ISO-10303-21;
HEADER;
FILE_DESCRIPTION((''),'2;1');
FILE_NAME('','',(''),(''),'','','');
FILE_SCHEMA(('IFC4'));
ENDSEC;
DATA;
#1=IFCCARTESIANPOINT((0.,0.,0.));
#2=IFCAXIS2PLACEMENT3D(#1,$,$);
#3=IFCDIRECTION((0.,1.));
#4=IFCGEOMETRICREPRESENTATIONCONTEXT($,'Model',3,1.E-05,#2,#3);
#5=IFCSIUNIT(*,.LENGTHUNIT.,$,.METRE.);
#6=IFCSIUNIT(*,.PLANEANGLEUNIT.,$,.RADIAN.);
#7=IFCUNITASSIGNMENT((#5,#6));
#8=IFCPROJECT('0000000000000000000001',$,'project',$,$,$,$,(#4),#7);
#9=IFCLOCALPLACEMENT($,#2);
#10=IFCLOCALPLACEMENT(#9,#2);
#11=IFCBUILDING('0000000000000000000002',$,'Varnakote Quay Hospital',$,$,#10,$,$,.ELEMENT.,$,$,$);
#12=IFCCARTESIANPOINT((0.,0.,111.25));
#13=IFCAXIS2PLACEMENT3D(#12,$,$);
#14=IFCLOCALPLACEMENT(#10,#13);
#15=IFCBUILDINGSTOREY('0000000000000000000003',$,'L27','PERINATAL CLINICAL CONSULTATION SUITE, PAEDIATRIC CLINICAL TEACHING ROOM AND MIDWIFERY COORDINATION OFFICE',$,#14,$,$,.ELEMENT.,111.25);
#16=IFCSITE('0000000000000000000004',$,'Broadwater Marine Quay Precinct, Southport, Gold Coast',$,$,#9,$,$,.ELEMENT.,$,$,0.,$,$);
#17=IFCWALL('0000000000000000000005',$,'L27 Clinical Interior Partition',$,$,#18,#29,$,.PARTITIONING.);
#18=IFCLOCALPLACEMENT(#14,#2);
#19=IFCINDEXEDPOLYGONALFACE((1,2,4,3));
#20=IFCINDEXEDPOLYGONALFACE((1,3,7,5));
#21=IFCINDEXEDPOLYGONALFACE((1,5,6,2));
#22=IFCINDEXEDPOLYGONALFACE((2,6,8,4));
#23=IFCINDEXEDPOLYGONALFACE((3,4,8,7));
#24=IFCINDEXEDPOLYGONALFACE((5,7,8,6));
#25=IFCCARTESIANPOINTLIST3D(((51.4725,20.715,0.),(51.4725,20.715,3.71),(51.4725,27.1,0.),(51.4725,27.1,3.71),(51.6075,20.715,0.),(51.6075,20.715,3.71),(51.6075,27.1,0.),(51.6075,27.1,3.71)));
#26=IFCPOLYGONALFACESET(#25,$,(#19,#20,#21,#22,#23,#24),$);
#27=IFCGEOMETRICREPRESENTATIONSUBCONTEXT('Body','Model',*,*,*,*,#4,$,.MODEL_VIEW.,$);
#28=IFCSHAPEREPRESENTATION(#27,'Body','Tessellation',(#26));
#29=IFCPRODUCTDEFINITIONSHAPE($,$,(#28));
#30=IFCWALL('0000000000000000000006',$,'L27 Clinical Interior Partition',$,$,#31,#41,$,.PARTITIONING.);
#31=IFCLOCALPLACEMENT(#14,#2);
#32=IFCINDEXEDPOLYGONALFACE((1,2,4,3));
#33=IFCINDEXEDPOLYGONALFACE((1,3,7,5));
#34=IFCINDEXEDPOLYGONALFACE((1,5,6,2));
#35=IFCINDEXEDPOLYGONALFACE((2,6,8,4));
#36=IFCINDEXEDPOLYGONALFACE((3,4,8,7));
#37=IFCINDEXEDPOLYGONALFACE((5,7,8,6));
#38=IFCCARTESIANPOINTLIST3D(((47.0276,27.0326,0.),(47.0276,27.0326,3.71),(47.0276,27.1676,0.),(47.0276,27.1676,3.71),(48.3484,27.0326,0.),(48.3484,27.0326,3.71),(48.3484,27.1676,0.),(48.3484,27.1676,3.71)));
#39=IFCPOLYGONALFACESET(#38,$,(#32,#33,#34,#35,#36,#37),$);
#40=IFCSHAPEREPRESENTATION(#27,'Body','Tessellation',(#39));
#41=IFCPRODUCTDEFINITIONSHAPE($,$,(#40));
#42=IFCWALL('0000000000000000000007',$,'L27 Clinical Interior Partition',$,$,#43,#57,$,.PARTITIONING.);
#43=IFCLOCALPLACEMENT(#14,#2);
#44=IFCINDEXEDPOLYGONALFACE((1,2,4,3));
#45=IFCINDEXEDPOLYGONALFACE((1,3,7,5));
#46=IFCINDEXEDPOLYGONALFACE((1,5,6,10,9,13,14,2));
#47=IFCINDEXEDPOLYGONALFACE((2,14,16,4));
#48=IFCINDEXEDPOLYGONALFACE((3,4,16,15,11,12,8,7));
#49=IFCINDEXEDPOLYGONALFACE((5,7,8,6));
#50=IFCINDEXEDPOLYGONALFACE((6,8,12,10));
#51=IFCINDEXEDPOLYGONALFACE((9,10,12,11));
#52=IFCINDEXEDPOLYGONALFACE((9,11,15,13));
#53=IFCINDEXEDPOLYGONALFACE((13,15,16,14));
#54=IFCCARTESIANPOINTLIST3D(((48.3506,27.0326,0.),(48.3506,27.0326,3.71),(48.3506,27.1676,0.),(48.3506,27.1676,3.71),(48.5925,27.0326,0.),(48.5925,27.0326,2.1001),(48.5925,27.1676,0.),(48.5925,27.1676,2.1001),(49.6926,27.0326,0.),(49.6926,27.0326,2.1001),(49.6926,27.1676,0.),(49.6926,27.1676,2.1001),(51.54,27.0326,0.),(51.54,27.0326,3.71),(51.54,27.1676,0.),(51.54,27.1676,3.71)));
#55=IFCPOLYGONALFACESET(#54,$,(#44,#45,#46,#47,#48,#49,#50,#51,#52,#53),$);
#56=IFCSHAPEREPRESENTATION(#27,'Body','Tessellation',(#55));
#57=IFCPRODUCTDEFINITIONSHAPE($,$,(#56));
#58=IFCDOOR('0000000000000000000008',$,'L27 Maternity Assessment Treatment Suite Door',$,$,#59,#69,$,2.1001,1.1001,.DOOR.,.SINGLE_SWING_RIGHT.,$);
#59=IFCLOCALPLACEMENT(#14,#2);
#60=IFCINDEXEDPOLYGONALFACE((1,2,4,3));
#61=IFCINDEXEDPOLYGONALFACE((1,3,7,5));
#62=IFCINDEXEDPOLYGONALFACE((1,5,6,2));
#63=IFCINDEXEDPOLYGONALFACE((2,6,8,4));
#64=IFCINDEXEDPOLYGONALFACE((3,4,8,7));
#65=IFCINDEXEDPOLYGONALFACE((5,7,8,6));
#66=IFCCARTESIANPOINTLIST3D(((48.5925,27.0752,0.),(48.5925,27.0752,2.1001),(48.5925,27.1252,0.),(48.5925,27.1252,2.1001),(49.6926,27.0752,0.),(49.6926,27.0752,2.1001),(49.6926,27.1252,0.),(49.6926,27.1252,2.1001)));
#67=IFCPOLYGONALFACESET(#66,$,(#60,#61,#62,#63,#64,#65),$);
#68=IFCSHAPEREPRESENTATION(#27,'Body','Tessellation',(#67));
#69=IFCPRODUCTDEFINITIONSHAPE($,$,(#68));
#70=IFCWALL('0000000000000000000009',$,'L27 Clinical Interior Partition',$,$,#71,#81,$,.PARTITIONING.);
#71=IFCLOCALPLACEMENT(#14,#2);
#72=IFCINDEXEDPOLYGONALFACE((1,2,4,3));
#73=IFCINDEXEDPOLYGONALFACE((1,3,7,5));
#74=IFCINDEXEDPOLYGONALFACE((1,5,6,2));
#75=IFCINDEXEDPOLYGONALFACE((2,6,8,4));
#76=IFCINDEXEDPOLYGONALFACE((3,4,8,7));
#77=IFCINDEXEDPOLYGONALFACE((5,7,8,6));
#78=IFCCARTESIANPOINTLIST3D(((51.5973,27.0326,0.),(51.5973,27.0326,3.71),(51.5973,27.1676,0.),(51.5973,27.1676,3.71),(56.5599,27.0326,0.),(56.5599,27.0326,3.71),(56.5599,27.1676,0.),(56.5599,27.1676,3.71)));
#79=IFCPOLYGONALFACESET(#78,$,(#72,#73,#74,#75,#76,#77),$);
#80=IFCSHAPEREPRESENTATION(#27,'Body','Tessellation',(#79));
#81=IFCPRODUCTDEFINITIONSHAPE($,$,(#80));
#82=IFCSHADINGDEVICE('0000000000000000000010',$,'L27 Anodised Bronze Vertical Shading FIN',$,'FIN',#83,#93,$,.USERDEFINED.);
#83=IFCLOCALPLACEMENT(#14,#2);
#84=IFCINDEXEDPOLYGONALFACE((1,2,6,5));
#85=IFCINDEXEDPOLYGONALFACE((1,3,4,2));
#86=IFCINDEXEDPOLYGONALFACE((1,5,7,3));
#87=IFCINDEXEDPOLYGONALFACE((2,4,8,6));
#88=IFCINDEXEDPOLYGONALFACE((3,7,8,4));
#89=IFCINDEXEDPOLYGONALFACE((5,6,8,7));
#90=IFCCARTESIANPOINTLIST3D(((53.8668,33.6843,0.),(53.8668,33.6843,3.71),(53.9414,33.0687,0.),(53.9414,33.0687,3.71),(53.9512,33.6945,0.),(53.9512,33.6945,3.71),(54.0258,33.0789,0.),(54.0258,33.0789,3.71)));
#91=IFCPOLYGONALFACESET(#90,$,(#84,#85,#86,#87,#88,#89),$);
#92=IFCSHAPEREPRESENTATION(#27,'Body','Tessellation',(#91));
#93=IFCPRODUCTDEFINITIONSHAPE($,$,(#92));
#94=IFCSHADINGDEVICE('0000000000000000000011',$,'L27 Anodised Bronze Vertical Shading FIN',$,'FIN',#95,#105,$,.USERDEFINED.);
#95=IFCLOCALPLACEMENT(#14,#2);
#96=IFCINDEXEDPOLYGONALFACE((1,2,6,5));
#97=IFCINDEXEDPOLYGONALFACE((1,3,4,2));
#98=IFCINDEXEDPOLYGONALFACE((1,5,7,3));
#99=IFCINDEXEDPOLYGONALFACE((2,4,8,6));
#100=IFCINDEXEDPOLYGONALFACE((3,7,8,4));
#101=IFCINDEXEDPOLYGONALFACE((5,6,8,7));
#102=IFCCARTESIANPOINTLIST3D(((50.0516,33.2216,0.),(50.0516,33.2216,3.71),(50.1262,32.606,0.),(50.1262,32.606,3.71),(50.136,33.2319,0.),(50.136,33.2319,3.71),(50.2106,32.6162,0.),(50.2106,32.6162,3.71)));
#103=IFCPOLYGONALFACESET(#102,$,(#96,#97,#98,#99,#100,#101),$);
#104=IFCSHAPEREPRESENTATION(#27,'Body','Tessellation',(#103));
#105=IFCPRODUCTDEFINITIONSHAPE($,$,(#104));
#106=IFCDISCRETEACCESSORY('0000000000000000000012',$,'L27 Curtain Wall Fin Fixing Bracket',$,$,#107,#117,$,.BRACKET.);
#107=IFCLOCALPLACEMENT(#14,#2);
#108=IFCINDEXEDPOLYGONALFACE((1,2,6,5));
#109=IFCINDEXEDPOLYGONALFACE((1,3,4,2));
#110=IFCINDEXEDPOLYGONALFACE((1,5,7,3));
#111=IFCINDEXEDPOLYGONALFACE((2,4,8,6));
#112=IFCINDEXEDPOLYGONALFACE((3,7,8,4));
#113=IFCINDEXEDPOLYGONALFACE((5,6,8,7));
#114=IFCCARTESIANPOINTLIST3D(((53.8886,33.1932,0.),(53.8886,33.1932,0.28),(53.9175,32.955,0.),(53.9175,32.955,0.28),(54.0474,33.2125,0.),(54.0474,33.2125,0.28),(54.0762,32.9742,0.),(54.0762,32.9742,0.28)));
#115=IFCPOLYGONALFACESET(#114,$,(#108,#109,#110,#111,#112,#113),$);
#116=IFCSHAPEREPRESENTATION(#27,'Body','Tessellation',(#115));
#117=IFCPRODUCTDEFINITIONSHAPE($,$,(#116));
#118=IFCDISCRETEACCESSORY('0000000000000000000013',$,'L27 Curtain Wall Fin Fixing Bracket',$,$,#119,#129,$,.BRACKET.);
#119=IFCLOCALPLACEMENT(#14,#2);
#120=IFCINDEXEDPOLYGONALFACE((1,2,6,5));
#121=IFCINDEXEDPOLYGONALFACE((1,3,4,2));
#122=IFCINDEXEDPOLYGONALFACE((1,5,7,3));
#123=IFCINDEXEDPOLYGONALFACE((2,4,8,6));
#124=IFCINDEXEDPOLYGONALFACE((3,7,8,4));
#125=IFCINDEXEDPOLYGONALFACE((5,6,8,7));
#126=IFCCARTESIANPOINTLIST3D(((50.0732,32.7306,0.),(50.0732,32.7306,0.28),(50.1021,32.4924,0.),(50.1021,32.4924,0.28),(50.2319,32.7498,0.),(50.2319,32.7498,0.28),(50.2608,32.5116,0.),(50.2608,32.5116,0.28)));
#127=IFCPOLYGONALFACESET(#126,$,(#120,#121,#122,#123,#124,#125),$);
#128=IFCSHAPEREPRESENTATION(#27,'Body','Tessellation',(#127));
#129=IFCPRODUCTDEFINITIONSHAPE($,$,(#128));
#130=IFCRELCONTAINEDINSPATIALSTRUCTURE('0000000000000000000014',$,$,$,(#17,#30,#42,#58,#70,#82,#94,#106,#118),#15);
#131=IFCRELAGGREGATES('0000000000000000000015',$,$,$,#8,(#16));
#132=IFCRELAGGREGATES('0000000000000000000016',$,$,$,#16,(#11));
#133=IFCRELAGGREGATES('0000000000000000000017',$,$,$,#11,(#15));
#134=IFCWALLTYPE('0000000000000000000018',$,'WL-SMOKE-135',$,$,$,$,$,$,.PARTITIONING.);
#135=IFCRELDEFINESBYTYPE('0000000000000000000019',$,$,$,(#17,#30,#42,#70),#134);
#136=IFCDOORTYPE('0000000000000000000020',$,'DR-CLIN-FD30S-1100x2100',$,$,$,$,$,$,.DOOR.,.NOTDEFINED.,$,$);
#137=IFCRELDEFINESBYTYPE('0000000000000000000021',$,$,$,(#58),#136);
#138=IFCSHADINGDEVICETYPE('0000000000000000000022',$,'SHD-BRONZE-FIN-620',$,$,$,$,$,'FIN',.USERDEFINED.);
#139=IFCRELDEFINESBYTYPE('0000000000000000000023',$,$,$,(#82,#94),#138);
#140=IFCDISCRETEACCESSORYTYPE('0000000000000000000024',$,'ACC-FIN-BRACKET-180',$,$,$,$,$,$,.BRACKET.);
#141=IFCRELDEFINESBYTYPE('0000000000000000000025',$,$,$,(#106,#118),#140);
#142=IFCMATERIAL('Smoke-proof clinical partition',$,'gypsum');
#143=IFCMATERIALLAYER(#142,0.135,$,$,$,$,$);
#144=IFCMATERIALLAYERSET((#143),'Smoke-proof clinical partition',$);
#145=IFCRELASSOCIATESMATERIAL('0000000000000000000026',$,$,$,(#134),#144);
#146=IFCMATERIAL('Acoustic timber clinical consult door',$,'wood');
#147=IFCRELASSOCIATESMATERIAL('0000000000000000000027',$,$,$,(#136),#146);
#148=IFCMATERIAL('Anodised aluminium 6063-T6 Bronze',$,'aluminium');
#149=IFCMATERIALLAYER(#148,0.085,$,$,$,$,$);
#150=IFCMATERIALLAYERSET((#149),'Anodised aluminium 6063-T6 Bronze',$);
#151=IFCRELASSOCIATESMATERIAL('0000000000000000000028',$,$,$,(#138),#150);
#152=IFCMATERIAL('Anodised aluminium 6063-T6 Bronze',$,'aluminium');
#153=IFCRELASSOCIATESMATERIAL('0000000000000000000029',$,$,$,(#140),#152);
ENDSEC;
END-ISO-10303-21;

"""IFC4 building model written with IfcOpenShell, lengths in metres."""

from ifc_helpers import new_model, si_unit, direction, frame, frame_2d, origin, origin_2d, place, context, subcontext, project, spatial, rectangle, extrude, material, layer, layer_set, type_object, element, fill, save


model = new_model("IFC4")

# Units and contexts
model_context = context("Model", 3, precision=1e-05, world=origin(), true_north=direction((0.0, 1.0)))
body_context = subcontext(model_context, "Body", "Model", "MODEL_VIEW")
ifc_project = project(units=[si_unit("LENGTHUNIT", "METRE"), si_unit("PLANEANGLEUNIT", "RADIAN")], contexts=[model_context])

# Site, building, storey
site_placement = place(None, origin())
site = spatial("IfcSite", under=ifc_project, at=site_placement, Name="Broadwater Marine Quay Precinct, Southport, Gold Coast", CompositionType="ELEMENT", RefElevation=0.0)
building_placement = place(site_placement, origin())
building = spatial("IfcBuilding", under=site, at=building_placement, Name="Varnakote Quay Hospital", CompositionType="ELEMENT")
storey_placement = place(building_placement, frame((0.0, 0.0, 111.25)))
storey = spatial("IfcBuildingStorey", under=building, at=storey_placement, Name="L27", Description="PERINATAL CLINICAL CONSULTATION SUITE, PAEDIATRIC CLINICAL TEACHING ROOM AND MIDWIFERY COORDINATION OFFICE", CompositionType="ELEMENT", Elevation=111.25)

# Walls
ifc_material_1 = material(Name="Smoke-proof clinical partition", Category="gypsum")
ifc_layer_1 = layer(ifc_material_1, 0.135)
ifc_layer_set_1 = layer_set([ifc_layer_1], Name="Smoke-proof clinical partition")
wall_type_1 = type_object("IfcWallType", Name="WL-SMOKE-135", PredefinedType="PARTITIONING", material=ifc_layer_set_1)
wall_1_placement = place(storey_placement, frame((51.54, 20.7151, 0.0), z_axis=(0.0, 0.0, 1.0), x_axis=(0.0, 1.0, 0.0)))
element("IfcWall", 1, at=wall_1_placement, inside=storey, type_object=wall_type_1, Name="L27 Clinical Interior Partition", PredefinedType="PARTITIONING", context=body_context, shape_type="SweptSolid", body=[
    extrude(rectangle(XDim=6.385, YDim=0.135, at=frame_2d((3.1924, 0.0))), origin(), (0.0, 0.0, 1.0), 3.71),
])
wall_2_placement = place(storey_placement, frame((48.3484, 27.1001, 0.0), z_axis=(0.0, 0.0, 1.0), x_axis=(-1.0, 0.0, 0.0)))
element("IfcWall", 2, at=wall_2_placement, inside=storey, type_object=wall_type_1, Name="L27 Clinical Interior Partition", PredefinedType="PARTITIONING", context=body_context, shape_type="SweptSolid", body=[
    extrude(rectangle(XDim=1.3208, YDim=0.135, at=frame_2d((0.6604, 0.0))), origin(), (0.0, 0.0, 1.0), 3.71),
])

# Wall, opening, door
wall_3_placement = place(storey_placement, frame((51.54, 27.1001, 0.0), z_axis=(0.0, 0.0, 1.0), x_axis=(-1.0, 0.0, 0.0)))
wall_3 = element("IfcWall", 3, at=wall_3_placement, inside=storey, type_object=wall_type_1, Name="L27 Clinical Interior Partition", PredefinedType="PARTITIONING", context=body_context, shape_type="SweptSolid", body=[
    extrude(rectangle(XDim=3.1895, YDim=0.135, at=frame_2d((1.5947, 0.0))), origin(), (0.0, 0.0, 1.0), 3.71),
])
opening_placement = place(wall_3_placement, frame((1.8474, 0.0, 0.0)))
opening = element("IfcOpeningElement", 4, at=opening_placement, cuts=wall_3, PredefinedType="OPENING", context=body_context, shape_type="SweptSolid", body=[
    extrude(rectangle(XDim=1.1001, YDim=2.1001, at=frame_2d((0.55, 1.05))), frame((0.0, 0.0774, 0.0), z_axis=(0.0, -1.0, 0.0), x_axis=(1.0, 0.0, 0.0)), (0.0, 0.0, 1.0), 0.155),
])
ifc_material_2 = material(Name="Acoustic timber clinical consult door", Category="wood")
door_type = type_object("IfcDoorType", Name="DR-CLIN-FD30S-1100x2100", OperationType="NOTDEFINED", PredefinedType="DOOR", material=ifc_material_2)
door_placement = place(opening_placement, origin())
door = element("IfcDoor", 5, at=door_placement, inside=storey, type_object=door_type, Name="L27 Maternity Assessment Treatment Suite Door", OperationType="SINGLE_SWING_RIGHT", OverallHeight=2.1001, OverallWidth=1.1001, PredefinedType="DOOR", context=body_context, shape_type="SweptSolid", body=[
    extrude(rectangle(XDim=1.1001, YDim=2.1001, at=frame_2d((0.55, 1.05))), frame((0.0, 0.0249, 0.0), z_axis=(0.0, -1.0, 0.0), x_axis=(1.0, 0.0, 0.0)), (0.0, 0.0, 1.0), 0.05),
])
fill(opening, door)

# Wall
wall_4_placement = place(storey_placement, frame((56.5601, 27.1001, 0.0), z_axis=(0.0, 0.0, 1.0), x_axis=(-1.0, 0.0, 0.0)))
element("IfcWall", 6, at=wall_4_placement, inside=storey, type_object=wall_type_1, Name="L27 Clinical Interior Partition", PredefinedType="PARTITIONING", context=body_context, shape_type="SweptSolid", body=[
    extrude(rectangle(XDim=4.9626, YDim=0.135, at=frame_2d((2.4814, 0.0))), origin(), (0.0, 0.0, 1.0), 3.71),
])

# Shading devices
ifc_material_3 = material(Name="Anodised aluminium 6063-T6 Bronze", Category="aluminium")
ifc_layer_2 = layer(ifc_material_3, 0.085)
ifc_layer_set_2 = layer_set([ifc_layer_2], Name="Anodised aluminium 6063-T6 Bronze")
shading_device_type = type_object("IfcShadingDeviceType", Name="SHD-BRONZE-FIN-620", ElementType="FIN", PredefinedType="USERDEFINED", material=ifc_layer_set_2)
for number, where, z_axis, x_axis, name in (
    (7, (53.9463, 33.3816, 0.0), (0.0, 0.0, 1.0), (0.12031, -0.992736, 0.0), "L27 Anodised Bronze Vertical Shading FIN"),
    (8, (50.1311, 32.9189, 0.0), (0.0, 0.0, 1.0), (0.12031, -0.992736, 0.0), "L27 Anodised Bronze Vertical Shading FIN"),
):
    element("IfcShadingDevice", number, at=place(storey_placement, frame(where, z_axis=z_axis, x_axis=x_axis)), inside=storey, type_object=shading_device_type, Name=name, ObjectType="FIN", PredefinedType="USERDEFINED", context=body_context, shape_type="SweptSolid", body=[
        extrude(rectangle(XDim=0.6201, YDim=0.085, at=origin_2d()), origin(), (0.0, 0.0, 1.0), 3.71),
    ])

# Discrete accessories
ifc_material_4 = material(Name="Anodised aluminium 6063-T6 Bronze", Category="aluminium")
discrete_accessory_type = type_object("IfcDiscreteAccessoryType", Name="ACC-FIN-BRACKET-180", PredefinedType="BRACKET", material=ifc_material_4)
for number, where, z_axis, x_axis, name in (
    (9, (53.9824, 33.0837, 0.0), (0.0, 0.0, 1.0), (-0.992736, -0.12031, 0.0), "L27 Curtain Wall Fin Fixing Bracket"),
    (10, (50.167, 32.6211, 0.0), (0.0, 0.0, 1.0), (-0.992736, -0.12031, 0.0), "L27 Curtain Wall Fin Fixing Bracket"),
):
    element("IfcDiscreteAccessory", number, at=place(storey_placement, frame(where, z_axis=z_axis, x_axis=x_axis)), inside=storey, type_object=discrete_accessory_type, Name=name, PredefinedType="BRACKET", context=body_context, shape_type="SweptSolid", body=[
        extrude(rectangle(XDim=0.1599, YDim=0.24, at=origin_2d()), origin(), (0.0, 0.0, 1.0), 0.28),
    ])

save(model, "model.ifc")
